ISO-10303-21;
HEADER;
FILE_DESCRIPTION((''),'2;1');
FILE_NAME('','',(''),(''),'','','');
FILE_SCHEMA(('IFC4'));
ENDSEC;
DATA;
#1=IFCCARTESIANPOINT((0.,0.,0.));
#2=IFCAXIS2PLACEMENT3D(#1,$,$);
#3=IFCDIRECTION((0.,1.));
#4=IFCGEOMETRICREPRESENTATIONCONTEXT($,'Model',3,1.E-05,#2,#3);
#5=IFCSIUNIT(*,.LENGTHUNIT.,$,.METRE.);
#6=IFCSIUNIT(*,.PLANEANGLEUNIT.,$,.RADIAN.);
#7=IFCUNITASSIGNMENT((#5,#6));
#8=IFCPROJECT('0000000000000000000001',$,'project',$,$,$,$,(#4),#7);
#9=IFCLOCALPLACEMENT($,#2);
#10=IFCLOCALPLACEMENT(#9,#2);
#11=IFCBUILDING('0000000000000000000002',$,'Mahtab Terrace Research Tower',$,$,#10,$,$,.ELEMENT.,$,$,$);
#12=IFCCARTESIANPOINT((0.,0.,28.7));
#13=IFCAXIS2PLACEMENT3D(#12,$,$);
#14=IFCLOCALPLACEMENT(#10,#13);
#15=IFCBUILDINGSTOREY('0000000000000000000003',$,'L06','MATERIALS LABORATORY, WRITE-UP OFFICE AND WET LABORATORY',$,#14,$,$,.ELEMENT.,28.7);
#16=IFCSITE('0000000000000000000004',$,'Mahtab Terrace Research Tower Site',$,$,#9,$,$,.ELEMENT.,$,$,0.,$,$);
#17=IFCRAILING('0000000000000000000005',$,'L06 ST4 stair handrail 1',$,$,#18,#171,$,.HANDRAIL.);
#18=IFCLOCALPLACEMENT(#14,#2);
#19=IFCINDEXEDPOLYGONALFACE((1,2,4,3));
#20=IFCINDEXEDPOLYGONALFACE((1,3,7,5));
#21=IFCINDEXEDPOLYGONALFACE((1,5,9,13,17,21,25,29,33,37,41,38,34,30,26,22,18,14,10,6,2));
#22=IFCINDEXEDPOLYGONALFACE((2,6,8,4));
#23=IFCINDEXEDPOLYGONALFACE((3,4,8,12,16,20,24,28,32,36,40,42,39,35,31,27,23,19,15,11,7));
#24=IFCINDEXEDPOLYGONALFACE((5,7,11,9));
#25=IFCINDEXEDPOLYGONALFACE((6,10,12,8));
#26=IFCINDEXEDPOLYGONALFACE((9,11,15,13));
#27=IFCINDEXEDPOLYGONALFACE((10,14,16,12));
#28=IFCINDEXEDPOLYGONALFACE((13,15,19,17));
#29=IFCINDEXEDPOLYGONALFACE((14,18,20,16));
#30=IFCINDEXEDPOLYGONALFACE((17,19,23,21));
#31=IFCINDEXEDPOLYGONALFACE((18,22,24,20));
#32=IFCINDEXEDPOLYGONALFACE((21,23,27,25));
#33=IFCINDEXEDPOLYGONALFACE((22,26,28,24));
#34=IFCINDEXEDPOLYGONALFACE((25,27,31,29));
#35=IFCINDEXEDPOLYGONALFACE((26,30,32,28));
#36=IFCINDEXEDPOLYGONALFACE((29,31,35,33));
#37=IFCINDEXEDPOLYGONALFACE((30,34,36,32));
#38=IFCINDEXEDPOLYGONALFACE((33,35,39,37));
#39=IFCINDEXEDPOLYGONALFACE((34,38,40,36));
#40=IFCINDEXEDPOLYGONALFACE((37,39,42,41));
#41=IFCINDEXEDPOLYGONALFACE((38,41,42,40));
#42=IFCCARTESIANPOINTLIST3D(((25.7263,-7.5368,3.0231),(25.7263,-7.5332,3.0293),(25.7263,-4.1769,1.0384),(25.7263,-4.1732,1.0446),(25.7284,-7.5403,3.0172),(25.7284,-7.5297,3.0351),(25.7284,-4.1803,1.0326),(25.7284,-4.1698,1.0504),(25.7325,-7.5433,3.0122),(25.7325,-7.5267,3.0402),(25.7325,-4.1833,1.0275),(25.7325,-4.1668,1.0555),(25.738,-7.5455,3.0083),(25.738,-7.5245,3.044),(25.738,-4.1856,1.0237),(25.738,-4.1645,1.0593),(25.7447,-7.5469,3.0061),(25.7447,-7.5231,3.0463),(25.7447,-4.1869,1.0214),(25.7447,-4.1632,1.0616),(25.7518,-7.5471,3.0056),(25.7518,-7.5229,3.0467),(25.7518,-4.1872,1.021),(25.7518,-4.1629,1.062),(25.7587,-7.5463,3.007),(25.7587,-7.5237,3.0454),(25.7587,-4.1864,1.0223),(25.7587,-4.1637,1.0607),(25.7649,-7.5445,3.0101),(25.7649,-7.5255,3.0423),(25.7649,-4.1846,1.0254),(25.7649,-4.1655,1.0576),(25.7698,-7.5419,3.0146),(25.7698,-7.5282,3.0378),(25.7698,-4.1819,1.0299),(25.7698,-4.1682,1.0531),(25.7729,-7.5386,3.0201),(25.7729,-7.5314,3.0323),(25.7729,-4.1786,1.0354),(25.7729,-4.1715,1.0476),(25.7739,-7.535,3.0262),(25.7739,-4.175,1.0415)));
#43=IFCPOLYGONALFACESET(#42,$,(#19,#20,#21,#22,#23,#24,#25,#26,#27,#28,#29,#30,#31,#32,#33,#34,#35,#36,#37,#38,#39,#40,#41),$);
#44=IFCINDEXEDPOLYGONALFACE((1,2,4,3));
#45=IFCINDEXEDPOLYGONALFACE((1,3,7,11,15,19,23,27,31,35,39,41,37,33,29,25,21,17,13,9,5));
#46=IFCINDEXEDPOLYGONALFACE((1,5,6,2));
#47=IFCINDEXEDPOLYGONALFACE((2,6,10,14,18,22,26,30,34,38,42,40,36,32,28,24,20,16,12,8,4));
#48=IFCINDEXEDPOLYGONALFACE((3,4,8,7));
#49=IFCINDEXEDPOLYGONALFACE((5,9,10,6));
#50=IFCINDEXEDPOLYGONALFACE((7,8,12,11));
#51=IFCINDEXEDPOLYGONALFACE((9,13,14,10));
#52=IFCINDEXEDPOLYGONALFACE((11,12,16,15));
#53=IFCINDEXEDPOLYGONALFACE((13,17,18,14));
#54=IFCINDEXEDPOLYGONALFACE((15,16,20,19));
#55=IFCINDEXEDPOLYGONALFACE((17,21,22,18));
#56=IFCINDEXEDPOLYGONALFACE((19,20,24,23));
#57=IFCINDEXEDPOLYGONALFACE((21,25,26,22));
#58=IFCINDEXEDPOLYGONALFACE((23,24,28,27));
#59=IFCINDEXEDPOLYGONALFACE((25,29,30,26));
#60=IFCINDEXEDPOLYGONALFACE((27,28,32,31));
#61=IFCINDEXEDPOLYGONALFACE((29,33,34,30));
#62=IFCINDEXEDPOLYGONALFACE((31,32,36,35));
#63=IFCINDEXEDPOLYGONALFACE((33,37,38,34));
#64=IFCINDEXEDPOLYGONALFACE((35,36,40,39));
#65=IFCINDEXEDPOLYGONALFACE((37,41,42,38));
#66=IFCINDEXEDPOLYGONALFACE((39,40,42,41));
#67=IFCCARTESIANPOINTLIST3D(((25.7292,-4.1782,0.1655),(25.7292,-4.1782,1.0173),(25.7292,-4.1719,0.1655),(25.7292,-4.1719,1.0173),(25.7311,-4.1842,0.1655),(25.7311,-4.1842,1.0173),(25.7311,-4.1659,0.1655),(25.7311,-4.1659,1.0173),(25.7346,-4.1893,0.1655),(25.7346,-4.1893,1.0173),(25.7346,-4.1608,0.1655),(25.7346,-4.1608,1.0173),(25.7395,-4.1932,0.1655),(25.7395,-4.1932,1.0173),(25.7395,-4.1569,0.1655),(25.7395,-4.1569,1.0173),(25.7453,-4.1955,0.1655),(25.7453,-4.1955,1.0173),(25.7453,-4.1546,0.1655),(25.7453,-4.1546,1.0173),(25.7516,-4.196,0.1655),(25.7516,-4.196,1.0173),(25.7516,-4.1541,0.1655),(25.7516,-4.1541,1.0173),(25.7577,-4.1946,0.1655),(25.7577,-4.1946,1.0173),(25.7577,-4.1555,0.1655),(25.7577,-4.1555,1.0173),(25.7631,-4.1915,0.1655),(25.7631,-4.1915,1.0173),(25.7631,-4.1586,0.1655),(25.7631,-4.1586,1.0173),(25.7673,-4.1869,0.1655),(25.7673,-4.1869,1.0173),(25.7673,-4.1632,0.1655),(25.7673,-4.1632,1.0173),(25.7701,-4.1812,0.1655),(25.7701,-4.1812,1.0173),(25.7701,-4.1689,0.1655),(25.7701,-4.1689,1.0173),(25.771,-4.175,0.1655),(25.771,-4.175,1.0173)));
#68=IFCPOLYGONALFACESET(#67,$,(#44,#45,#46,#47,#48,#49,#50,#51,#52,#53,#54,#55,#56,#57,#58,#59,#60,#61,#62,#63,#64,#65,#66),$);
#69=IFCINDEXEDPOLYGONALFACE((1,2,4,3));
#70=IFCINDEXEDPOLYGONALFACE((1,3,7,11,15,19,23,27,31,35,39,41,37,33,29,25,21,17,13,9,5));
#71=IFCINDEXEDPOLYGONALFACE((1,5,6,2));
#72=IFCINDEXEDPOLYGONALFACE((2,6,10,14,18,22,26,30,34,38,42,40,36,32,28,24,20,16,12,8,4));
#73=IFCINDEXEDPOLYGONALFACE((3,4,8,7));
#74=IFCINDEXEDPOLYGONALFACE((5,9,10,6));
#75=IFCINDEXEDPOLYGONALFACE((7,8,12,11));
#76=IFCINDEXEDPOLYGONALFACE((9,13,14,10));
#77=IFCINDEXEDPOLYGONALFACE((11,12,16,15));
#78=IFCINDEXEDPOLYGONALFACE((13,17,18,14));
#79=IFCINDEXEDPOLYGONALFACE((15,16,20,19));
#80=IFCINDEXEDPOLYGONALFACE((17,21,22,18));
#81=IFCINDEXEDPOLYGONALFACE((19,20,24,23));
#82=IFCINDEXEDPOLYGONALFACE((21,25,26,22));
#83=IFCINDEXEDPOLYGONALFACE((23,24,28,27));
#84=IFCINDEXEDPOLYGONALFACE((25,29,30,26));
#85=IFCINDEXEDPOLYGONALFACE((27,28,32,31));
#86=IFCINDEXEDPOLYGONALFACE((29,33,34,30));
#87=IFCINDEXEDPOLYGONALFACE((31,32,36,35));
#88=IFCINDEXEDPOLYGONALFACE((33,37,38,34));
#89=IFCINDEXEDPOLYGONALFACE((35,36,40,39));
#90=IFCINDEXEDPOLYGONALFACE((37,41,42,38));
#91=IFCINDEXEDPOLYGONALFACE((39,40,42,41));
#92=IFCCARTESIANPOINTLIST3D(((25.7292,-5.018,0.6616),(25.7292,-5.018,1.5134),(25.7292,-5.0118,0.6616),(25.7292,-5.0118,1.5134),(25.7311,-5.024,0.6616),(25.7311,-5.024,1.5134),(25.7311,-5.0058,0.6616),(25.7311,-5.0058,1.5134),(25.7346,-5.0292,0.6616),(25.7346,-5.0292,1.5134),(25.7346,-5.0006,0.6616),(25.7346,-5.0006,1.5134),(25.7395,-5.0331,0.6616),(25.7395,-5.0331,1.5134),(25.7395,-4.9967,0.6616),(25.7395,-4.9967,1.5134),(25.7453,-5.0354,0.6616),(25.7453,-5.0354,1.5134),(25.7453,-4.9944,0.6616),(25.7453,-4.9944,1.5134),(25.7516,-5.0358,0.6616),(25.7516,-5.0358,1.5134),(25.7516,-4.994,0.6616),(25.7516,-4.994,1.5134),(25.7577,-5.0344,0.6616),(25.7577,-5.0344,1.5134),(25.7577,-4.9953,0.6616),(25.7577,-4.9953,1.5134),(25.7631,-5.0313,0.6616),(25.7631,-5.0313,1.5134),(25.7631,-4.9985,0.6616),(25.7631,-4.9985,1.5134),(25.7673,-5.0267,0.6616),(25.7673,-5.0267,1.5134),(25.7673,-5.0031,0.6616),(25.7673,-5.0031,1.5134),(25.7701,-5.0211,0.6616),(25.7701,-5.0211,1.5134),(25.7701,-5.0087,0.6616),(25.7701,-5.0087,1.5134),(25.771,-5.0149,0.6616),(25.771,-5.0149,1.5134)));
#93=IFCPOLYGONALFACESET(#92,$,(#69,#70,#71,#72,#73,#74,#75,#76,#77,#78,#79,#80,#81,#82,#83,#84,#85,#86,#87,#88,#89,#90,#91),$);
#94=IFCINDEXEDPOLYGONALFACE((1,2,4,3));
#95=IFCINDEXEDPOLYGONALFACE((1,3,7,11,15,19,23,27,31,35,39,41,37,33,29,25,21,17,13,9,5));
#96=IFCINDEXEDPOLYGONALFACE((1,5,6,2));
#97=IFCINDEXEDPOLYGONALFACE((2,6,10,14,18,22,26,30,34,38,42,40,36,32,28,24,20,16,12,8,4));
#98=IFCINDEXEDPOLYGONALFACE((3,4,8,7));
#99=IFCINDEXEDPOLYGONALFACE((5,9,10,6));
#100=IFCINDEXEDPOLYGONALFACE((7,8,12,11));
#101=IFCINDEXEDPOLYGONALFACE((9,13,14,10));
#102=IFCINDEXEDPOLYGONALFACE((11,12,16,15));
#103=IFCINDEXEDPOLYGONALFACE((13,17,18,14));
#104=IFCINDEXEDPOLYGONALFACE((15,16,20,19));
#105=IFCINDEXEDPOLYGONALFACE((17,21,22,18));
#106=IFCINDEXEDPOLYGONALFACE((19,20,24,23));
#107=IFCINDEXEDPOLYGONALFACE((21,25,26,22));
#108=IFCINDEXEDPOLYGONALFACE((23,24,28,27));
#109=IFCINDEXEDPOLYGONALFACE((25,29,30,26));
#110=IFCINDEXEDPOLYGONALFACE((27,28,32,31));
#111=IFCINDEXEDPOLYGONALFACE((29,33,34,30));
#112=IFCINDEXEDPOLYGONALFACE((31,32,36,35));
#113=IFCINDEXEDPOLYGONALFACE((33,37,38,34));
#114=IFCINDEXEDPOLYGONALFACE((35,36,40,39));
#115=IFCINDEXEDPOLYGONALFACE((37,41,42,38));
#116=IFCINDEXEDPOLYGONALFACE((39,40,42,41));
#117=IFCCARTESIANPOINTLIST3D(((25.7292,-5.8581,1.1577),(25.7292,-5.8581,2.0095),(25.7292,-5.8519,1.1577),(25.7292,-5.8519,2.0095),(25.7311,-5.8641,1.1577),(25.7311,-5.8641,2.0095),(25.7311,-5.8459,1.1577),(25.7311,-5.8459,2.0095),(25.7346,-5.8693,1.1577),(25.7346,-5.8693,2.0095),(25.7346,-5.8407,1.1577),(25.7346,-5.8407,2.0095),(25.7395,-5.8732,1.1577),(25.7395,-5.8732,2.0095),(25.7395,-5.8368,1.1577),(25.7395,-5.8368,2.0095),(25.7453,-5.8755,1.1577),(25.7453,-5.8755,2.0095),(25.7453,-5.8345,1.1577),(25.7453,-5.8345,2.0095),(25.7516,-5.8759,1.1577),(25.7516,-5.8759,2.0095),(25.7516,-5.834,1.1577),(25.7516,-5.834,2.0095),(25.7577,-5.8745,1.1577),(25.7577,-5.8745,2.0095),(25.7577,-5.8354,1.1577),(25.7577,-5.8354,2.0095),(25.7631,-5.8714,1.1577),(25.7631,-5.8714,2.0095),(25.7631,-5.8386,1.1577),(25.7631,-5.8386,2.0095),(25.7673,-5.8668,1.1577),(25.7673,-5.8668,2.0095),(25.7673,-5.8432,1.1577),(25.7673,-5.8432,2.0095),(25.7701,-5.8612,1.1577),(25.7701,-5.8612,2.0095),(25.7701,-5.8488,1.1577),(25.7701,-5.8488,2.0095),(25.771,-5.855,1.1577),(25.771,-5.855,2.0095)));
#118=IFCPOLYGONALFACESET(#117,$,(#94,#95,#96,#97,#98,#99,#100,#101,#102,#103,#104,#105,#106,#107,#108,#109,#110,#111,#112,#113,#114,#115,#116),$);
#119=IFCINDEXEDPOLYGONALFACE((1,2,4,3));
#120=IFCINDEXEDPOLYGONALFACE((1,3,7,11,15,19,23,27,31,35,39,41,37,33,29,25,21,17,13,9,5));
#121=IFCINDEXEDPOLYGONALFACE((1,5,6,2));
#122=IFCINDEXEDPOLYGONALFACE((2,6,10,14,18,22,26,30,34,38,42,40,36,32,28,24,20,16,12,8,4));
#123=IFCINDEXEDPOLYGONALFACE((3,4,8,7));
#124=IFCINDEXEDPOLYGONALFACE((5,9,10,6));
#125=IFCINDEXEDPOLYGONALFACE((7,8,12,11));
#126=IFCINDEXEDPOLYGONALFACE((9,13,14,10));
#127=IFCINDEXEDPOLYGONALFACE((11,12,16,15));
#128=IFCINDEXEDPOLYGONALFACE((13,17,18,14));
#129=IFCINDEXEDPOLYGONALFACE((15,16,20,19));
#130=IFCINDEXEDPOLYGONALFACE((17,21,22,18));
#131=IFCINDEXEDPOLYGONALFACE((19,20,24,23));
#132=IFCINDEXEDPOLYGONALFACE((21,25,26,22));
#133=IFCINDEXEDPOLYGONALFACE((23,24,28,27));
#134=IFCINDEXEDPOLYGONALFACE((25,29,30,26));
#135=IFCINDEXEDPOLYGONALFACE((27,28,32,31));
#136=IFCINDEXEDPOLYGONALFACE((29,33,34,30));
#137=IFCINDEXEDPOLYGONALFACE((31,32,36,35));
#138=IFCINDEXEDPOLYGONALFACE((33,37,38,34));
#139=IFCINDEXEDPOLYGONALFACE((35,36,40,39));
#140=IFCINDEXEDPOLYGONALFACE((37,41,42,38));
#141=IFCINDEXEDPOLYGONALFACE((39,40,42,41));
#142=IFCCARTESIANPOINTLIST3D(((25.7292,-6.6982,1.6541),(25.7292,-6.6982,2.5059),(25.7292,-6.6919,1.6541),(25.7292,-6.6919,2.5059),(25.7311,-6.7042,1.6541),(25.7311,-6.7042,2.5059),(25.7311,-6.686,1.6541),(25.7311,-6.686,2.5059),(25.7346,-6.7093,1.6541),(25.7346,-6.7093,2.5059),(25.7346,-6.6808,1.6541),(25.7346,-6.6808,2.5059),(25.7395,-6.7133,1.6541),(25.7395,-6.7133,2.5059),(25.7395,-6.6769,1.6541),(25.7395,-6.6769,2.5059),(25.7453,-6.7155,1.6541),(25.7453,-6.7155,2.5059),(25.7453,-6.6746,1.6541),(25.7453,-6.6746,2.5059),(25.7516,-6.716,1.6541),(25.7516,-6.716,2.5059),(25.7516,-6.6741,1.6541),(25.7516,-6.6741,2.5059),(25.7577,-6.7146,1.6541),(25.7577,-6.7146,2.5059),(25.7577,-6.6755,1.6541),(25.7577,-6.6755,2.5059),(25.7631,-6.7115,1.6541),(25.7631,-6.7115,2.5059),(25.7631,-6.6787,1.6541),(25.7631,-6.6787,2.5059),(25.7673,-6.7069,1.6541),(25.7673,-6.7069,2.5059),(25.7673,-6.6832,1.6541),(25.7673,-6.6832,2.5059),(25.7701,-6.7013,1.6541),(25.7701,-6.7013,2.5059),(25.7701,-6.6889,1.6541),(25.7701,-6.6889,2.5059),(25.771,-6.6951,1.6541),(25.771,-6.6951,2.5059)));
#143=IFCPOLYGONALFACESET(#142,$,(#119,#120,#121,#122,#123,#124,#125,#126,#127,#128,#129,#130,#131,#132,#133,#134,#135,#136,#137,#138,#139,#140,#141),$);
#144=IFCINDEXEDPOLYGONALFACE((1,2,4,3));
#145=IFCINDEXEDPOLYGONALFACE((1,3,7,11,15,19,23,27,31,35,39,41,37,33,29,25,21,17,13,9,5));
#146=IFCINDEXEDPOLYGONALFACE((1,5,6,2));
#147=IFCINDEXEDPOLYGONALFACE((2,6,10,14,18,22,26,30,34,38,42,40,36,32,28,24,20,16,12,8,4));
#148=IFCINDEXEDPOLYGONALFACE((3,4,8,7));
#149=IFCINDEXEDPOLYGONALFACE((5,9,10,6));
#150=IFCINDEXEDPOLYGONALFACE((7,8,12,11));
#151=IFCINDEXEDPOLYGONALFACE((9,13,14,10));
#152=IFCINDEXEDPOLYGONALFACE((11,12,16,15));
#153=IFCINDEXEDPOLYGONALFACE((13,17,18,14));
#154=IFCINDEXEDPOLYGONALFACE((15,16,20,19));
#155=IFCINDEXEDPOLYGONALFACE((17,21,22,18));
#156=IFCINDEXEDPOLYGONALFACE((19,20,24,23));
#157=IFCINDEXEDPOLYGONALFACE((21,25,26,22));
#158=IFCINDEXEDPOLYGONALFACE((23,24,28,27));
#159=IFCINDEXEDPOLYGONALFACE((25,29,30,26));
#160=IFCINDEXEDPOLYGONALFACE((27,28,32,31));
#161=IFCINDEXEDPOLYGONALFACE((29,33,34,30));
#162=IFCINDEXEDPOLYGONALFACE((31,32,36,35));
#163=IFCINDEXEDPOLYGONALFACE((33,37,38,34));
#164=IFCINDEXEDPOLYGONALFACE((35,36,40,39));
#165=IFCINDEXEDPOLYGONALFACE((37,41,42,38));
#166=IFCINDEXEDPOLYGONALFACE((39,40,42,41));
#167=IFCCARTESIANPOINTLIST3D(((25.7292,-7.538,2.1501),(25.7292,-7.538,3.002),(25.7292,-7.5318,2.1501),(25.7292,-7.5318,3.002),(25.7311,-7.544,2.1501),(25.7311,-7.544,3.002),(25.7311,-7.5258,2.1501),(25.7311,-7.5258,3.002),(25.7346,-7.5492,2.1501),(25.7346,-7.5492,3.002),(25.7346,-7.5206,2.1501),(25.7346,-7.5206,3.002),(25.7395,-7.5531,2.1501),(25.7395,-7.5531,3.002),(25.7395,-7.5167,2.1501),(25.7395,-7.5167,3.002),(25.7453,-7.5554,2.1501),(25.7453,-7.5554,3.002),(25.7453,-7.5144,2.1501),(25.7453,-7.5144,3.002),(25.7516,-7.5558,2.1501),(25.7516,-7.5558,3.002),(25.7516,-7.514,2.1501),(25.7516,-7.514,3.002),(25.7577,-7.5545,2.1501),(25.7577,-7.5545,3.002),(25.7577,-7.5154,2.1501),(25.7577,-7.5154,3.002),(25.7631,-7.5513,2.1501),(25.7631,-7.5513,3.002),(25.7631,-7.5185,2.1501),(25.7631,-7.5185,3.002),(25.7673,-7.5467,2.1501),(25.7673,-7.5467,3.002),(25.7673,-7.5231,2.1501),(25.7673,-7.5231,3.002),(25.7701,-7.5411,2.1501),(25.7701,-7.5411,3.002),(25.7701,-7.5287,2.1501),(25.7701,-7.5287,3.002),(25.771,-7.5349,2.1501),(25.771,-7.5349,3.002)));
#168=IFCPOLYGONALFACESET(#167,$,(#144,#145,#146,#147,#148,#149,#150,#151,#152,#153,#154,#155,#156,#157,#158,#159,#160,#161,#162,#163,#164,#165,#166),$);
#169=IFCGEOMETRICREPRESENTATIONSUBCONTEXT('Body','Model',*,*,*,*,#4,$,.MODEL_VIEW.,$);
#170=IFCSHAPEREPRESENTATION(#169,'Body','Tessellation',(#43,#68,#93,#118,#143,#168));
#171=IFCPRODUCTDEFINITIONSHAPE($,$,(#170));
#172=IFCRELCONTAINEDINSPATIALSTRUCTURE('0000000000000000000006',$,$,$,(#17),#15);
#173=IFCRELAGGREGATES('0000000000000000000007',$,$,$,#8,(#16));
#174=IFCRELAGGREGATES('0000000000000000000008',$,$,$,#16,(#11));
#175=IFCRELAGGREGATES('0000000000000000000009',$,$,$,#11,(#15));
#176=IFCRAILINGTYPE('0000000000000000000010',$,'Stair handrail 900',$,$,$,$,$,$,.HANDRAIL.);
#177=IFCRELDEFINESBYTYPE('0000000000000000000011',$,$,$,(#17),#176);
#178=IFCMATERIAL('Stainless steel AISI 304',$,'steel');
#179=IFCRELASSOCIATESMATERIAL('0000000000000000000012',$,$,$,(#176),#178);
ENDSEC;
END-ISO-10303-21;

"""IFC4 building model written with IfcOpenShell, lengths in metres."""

from ifc_helpers import new_model, si_unit, direction, frame, origin, origin_2d, place, context, subcontext, project, spatial, circle, extrude, material, type_object, element, save


model = new_model("IFC4")

# Units and contexts
model_context = context("Model", 3, precision=1e-05, world=origin(), true_north=direction((0.0, 1.0)))
body_context = subcontext(model_context, "Body", "Model", "MODEL_VIEW")
ifc_project = project(units=[si_unit("LENGTHUNIT", "METRE"), si_unit("PLANEANGLEUNIT", "RADIAN")], contexts=[model_context])

# Site, building, storey
site_placement = place(None, origin())
site = spatial("IfcSite", under=ifc_project, at=site_placement, Name="Mahtab Terrace Research Tower Site", CompositionType="ELEMENT", RefElevation=0.0)
building_placement = place(site_placement, origin())
building = spatial("IfcBuilding", under=site, at=building_placement, Name="Mahtab Terrace Research Tower", CompositionType="ELEMENT")
storey_placement = place(building_placement, frame((0.0, 0.0, 28.7)))
storey = spatial("IfcBuildingStorey", under=building, at=storey_placement, Name="L06", Description="MATERIALS LABORATORY, WRITE-UP OFFICE AND WET LABORATORY", CompositionType="ELEMENT", Elevation=28.7)

# Shared definitions
ifc_material_1 = material(Name="Stainless steel AISI 304", Category="steel")

# Railing
railing_type_1 = type_object("IfcRailingType", Name="Stair handrail 900", PredefinedType="HANDRAIL", material=ifc_material_1)
railing_1_placement = place(storey_placement, frame((25.75, -4.175, 0.1655)))
element("IfcRailing", 1, at=railing_1_placement, inside=storey, type_object=railing_type_1, Name="L06 ST4 stair handrail 1", PredefinedType="HANDRAIL", context=body_context, shape_type="SweptSolid", body=[
    extrude(circle(Radius=0.0239, at=origin_2d()), frame((0.0, 0.0, 0.876), z_axis=(0.0, -0.861011, 0.508586), x_axis=(1.0, 0.0, 0.0)), (0.0, 0.0, 1.0), 3.9023),
    extrude(circle(Radius=0.021, at=origin_2d()), origin(), (0.0, 0.0, 1.0), 0.8518),
    extrude(circle(Radius=0.021, at=origin_2d()), frame((0.0, -0.8398, 0.4961)), (0.0, 0.0, 1.0), 0.8518),
    extrude(circle(Radius=0.021, at=origin_2d()), frame((0.0, -1.6799, 0.9922)), (0.0, 0.0, 1.0), 0.8518),
    extrude(circle(Radius=0.021, at=origin_2d()), frame((0.0, -2.52, 1.4885)), (0.0, 0.0, 1.0), 0.8518),
    extrude(circle(Radius=0.021, at=origin_2d()), frame((0.0, -3.3599, 1.9846)), (0.0, 0.0, 1.0), 0.8518),
])

save(model, "model.ifc")
